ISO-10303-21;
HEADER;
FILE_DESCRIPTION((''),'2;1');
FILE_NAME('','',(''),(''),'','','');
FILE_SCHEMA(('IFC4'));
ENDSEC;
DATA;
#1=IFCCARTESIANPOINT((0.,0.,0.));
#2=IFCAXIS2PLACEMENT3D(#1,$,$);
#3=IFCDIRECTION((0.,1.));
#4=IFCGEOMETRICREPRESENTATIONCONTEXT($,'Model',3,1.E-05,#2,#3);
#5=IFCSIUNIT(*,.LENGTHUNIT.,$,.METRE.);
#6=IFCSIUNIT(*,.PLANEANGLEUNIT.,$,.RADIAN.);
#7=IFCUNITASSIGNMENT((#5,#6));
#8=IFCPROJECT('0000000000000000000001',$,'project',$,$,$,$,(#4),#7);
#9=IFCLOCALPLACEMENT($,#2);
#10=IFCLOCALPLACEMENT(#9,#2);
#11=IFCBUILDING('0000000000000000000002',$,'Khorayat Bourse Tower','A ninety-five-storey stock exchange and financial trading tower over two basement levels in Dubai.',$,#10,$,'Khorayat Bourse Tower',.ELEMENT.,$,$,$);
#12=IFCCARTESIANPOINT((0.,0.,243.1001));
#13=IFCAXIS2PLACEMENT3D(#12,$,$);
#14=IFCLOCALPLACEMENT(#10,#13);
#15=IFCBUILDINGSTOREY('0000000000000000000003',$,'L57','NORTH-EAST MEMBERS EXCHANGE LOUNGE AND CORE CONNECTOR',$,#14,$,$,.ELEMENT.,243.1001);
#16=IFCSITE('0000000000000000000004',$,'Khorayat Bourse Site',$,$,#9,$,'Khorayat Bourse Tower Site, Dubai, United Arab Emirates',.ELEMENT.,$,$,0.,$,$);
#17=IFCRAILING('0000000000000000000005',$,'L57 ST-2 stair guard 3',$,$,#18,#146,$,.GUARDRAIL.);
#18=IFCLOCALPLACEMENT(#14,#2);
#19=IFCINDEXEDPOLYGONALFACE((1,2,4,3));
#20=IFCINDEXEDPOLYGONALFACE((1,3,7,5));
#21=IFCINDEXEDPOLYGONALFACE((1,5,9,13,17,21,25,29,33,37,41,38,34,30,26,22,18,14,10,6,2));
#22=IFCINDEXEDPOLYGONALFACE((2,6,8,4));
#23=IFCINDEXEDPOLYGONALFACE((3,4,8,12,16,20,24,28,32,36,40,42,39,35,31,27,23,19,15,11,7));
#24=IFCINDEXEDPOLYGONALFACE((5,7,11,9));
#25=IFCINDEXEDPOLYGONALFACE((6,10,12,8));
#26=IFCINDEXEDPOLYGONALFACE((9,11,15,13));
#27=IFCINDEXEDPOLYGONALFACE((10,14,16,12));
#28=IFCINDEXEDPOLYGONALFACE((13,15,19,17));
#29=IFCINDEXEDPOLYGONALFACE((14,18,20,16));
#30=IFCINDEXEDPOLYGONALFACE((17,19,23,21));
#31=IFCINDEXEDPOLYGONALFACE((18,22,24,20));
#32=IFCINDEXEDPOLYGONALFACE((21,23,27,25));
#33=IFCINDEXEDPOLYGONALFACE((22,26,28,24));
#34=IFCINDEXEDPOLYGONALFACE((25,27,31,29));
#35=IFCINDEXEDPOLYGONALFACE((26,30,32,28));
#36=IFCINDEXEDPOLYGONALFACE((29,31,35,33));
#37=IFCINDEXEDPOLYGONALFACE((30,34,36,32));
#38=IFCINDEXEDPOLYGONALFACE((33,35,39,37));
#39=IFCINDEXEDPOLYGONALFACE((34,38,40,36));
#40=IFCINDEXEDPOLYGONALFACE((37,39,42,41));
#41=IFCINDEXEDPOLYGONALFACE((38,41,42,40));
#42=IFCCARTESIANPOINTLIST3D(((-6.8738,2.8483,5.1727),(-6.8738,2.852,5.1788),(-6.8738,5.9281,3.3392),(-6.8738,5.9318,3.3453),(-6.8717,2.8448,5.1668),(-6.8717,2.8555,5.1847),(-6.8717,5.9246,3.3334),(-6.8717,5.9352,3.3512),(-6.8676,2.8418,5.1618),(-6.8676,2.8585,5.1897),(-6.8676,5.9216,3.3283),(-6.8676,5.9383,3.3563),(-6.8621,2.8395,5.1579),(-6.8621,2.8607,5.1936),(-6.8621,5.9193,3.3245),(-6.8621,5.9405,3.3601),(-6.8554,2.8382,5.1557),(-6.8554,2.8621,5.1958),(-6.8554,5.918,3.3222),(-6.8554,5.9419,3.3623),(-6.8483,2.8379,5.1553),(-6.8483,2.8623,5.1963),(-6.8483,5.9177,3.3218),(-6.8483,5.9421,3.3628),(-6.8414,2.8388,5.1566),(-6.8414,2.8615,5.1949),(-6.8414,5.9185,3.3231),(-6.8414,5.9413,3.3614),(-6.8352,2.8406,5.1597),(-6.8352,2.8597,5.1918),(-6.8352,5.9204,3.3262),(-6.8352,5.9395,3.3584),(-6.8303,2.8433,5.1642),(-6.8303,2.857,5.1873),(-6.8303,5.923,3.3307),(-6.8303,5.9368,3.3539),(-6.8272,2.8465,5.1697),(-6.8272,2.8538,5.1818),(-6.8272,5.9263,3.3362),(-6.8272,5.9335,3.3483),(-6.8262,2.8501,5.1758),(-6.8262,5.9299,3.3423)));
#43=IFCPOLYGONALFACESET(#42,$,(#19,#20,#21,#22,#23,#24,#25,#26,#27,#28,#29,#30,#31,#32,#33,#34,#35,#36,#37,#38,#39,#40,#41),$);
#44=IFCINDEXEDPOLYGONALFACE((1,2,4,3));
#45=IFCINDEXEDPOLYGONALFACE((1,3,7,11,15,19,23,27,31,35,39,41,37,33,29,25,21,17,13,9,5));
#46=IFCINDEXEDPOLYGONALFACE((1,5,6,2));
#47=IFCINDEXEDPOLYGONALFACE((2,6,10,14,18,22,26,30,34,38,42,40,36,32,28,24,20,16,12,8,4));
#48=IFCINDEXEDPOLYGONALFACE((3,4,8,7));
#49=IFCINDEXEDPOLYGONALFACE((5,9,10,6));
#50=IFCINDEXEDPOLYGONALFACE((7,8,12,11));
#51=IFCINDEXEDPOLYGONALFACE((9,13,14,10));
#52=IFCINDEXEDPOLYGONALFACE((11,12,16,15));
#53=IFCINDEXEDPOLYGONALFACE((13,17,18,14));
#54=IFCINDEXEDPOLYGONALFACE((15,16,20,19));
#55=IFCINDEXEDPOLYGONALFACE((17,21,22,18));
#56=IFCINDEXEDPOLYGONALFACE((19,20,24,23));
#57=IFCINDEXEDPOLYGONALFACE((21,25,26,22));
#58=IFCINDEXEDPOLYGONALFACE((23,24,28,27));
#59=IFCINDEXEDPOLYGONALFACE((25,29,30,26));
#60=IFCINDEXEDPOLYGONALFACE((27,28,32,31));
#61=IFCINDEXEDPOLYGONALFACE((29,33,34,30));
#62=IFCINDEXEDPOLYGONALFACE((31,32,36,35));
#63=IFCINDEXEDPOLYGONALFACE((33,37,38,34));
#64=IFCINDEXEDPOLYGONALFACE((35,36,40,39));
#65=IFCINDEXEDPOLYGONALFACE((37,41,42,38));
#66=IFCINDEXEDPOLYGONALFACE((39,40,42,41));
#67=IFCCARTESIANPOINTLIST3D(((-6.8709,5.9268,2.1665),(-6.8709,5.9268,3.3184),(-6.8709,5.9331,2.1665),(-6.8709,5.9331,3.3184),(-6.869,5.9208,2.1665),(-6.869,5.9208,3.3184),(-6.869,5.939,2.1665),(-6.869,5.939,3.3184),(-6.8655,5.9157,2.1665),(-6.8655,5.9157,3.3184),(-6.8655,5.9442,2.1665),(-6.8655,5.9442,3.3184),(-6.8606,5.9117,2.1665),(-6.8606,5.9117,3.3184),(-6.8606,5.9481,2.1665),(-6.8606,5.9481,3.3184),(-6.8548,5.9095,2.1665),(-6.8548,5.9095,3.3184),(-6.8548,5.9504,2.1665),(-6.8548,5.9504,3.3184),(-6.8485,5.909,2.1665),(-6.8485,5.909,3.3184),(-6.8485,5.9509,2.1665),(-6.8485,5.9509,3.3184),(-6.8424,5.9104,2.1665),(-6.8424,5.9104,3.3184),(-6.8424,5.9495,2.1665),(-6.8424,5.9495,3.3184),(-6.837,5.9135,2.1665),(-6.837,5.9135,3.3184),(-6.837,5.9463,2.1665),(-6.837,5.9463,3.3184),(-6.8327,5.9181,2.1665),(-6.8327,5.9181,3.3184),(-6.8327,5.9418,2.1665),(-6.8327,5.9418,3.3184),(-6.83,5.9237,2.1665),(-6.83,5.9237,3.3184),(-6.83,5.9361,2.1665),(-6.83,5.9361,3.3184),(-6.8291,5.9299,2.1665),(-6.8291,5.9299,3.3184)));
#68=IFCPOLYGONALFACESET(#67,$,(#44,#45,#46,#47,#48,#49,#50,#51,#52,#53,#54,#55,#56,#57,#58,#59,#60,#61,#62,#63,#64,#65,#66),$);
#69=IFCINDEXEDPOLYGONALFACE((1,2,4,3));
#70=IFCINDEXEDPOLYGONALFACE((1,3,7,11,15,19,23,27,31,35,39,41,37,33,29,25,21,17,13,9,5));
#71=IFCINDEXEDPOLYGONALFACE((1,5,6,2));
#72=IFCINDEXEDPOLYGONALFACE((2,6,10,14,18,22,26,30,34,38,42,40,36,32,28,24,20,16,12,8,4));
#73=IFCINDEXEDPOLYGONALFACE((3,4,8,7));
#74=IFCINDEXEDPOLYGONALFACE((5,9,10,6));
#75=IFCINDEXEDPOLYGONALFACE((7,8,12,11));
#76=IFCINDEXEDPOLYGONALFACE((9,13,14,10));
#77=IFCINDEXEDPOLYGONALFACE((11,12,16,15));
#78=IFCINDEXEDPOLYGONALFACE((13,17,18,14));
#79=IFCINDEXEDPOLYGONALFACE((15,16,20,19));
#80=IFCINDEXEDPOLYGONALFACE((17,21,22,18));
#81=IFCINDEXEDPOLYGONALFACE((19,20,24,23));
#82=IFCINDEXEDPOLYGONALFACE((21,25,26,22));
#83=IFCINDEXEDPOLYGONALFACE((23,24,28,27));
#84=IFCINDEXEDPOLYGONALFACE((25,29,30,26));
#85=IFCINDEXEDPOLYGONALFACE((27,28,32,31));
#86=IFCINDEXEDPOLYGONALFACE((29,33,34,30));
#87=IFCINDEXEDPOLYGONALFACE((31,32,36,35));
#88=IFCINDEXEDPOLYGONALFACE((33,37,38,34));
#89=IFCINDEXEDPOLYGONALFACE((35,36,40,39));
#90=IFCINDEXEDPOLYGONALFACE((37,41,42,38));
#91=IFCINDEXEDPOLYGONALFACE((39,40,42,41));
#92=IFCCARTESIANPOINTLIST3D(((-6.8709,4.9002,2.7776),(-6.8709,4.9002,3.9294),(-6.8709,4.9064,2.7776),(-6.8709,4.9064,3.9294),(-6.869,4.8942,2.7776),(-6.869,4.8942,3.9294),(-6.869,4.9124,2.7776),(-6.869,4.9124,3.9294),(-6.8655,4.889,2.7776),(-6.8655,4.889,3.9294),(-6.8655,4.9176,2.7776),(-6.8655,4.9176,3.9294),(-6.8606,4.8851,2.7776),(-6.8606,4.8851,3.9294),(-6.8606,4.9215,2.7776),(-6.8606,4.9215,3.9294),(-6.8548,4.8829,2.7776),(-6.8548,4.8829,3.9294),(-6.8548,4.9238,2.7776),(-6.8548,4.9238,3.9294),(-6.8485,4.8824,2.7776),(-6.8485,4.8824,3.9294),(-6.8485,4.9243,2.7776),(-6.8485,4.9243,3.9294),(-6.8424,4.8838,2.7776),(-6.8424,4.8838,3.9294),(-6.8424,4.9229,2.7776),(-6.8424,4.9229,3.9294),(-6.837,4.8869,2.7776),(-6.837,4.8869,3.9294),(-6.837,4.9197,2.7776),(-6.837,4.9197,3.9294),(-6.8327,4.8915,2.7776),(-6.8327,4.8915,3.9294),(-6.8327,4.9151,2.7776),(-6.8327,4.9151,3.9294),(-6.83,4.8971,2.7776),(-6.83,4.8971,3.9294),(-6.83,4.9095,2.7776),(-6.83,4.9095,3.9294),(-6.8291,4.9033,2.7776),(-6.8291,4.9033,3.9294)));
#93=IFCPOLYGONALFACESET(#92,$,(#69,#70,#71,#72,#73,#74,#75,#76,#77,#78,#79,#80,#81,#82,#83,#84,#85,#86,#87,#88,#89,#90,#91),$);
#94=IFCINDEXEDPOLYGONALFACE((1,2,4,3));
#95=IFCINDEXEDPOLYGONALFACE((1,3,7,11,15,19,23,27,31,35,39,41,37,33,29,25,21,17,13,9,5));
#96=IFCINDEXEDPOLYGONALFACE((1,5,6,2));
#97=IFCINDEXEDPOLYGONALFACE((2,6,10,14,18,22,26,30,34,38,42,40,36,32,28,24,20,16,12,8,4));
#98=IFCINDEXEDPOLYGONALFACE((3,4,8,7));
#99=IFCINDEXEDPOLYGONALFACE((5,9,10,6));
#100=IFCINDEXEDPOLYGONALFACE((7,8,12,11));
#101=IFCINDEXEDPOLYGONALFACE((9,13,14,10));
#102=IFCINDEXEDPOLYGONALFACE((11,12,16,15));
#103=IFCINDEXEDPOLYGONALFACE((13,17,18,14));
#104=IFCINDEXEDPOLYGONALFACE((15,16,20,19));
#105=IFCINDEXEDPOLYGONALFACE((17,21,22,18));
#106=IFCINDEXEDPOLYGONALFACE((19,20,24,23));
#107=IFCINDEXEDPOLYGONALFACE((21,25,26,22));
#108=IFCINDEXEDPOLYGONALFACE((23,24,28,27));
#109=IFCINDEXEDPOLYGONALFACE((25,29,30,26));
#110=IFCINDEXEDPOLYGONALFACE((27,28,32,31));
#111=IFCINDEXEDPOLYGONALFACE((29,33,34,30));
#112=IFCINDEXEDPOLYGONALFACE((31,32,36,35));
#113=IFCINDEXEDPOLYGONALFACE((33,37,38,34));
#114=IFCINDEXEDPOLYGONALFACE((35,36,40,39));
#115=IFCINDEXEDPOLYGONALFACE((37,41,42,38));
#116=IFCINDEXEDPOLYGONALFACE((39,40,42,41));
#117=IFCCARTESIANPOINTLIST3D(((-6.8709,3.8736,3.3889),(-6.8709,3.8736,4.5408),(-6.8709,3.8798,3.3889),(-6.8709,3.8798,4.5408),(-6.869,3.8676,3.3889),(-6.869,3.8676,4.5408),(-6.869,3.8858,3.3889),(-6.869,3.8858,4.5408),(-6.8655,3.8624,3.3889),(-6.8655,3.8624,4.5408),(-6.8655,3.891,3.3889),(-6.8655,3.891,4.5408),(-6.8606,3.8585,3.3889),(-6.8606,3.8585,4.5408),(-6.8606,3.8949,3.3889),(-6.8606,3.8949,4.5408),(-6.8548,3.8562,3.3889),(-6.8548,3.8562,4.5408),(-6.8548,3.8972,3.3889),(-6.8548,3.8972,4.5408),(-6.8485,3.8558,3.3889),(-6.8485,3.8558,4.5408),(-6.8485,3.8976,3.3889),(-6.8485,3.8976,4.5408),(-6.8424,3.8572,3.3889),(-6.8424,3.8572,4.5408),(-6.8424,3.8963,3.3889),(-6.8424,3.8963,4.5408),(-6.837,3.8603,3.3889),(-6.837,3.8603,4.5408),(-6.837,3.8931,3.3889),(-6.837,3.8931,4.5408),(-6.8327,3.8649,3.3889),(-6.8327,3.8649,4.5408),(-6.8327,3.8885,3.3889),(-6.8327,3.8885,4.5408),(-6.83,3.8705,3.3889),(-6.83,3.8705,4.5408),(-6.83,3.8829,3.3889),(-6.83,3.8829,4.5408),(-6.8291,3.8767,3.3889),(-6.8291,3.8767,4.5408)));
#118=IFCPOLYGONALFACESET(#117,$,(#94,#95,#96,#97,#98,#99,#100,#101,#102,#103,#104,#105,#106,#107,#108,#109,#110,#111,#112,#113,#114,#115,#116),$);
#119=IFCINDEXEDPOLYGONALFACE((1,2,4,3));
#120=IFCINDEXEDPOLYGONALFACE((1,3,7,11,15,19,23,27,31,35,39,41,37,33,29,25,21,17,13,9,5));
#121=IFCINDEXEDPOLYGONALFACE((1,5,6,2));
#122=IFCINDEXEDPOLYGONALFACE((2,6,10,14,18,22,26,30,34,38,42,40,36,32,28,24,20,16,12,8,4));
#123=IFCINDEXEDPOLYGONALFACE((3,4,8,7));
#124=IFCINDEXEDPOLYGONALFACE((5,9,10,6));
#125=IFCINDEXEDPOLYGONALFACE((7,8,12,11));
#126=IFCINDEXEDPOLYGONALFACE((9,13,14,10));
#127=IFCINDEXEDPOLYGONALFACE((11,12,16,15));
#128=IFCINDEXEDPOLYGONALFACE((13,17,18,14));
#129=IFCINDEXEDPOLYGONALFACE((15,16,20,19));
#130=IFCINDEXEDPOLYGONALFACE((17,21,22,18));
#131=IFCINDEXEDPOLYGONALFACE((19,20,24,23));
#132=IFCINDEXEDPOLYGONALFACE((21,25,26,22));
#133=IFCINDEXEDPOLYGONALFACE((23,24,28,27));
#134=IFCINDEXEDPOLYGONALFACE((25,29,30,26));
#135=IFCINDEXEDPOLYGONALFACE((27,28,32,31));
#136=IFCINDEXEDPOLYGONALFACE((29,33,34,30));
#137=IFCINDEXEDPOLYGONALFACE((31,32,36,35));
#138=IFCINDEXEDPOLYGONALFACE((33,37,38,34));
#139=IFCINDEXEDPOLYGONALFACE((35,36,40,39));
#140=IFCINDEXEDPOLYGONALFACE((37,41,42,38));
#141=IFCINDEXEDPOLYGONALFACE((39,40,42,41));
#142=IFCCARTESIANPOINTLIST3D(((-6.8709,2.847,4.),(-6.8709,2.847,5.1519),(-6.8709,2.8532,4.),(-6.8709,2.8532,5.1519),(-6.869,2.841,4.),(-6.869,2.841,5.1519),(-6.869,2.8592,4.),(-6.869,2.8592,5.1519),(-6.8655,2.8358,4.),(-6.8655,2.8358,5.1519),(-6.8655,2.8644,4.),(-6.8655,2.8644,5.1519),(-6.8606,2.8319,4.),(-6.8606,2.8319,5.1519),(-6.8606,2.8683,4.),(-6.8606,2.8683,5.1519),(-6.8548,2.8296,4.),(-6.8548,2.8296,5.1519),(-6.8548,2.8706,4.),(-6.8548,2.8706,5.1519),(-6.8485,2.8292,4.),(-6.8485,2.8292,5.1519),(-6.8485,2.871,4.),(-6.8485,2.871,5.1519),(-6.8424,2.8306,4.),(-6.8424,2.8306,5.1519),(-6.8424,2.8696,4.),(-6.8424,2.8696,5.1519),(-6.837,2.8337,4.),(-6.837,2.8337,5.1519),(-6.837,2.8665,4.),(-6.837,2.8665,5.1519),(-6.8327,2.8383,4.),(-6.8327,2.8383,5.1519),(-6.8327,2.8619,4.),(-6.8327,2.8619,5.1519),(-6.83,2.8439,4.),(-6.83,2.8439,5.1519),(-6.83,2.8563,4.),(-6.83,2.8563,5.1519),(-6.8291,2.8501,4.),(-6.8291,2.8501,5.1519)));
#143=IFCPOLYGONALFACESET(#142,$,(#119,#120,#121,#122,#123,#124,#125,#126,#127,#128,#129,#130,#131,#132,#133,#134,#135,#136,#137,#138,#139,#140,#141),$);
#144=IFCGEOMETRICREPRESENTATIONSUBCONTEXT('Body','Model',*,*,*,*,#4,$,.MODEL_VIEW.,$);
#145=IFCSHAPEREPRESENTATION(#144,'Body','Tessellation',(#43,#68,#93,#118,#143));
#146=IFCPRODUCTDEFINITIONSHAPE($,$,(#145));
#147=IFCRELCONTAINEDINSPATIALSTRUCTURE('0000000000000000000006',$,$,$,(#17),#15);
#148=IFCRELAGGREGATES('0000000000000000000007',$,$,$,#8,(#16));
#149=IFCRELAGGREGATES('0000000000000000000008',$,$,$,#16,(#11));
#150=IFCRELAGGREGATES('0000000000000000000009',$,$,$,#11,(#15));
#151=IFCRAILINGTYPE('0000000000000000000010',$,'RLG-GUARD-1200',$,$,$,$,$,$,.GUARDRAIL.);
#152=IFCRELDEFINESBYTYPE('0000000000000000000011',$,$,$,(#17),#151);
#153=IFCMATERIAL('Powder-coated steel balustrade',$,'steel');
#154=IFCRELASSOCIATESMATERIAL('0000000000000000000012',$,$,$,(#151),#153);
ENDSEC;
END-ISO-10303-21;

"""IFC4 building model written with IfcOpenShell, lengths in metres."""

from ifc_helpers import new_model, si_unit, direction, frame, origin, origin_2d, place, context, subcontext, project, spatial, circle, extrude, source, transform, mapped, material, type_object, element, save


model = new_model("IFC4")

# Units and contexts
model_context = context("Model", 3, precision=1e-05, world=origin(), true_north=direction((0.0, 1.0)))
body_context = subcontext(model_context, "Body", "Model", "MODEL_VIEW")
ifc_project = project(units=[si_unit("LENGTHUNIT", "METRE"), si_unit("PLANEANGLEUNIT", "RADIAN")], contexts=[model_context])

# Site, building, storey
site_placement = place(None, origin())
site = spatial("IfcSite", under=ifc_project, at=site_placement, Name="Khorayat Bourse Site", LongName="Khorayat Bourse Tower Site, Dubai, United Arab Emirates", CompositionType="ELEMENT", RefElevation=0.0)
building_placement = place(site_placement, origin())
building = spatial("IfcBuilding", under=site, at=building_placement, Name="Khorayat Bourse Tower", Description="A ninety-five-storey stock exchange and financial trading tower over two basement levels in Dubai.", LongName="Khorayat Bourse Tower", CompositionType="ELEMENT")
storey_placement = place(building_placement, frame((0.0, 0.0, 243.1001)))
storey = spatial("IfcBuildingStorey", under=building, at=storey_placement, Name="L57", Description="NORTH-EAST MEMBERS EXCHANGE LOUNGE AND CORE CONNECTOR", CompositionType="ELEMENT", Elevation=243.1001)

# Railing
ifc_material_1 = material(Name="Powder-coated steel balustrade", Category="steel")
railing_type_1 = type_object("IfcRailingType", Name="RLG-GUARD-1200", PredefinedType="GUARDRAIL", material=ifc_material_1)
shared_shape_1 = source(origin(), body_context, "Body", "SweptSolid", [
    extrude(circle(Radius=0.0239, at=origin_2d()), frame((0.0, 0.0, 1.1758), z_axis=(0.0, -0.859261, 0.511538), x_axis=(1.0, 0.0, 0.0)), (0.0, 0.0, 1.0), 3.5842),
    extrude(circle(Radius=0.021, at=origin_2d()), origin(), (0.0, 0.0, 1.0), 1.1519),
    extrude(circle(Radius=0.021, at=origin_2d()), frame((0.0, -1.0266, 0.6111)), (0.0, 0.0, 1.0), 1.1519),
    extrude(circle(Radius=0.021, at=origin_2d()), frame((0.0, -2.0532, 1.2224)), (0.0, 0.0, 1.0), 1.1519),
    extrude(circle(Radius=0.021, at=origin_2d()), frame((0.0, -3.0798, 1.8335)), (0.0, 0.0, 1.0), 1.1519),
])
railing_1_placement = place(storey_placement, frame((-6.8501, 5.9299, 2.1665)))
element("IfcRailing", 1, at=railing_1_placement, inside=storey, type_object=railing_type_1, Name="L57 ST-2 stair guard 3", PredefinedType="GUARDRAIL", context=body_context, shape_type="MappedRepresentation", body=[
    mapped(shared_shape_1, transform((0.0, 0.0, 0.0), scale=1.0)),
])

save(model, "model.ifc")
